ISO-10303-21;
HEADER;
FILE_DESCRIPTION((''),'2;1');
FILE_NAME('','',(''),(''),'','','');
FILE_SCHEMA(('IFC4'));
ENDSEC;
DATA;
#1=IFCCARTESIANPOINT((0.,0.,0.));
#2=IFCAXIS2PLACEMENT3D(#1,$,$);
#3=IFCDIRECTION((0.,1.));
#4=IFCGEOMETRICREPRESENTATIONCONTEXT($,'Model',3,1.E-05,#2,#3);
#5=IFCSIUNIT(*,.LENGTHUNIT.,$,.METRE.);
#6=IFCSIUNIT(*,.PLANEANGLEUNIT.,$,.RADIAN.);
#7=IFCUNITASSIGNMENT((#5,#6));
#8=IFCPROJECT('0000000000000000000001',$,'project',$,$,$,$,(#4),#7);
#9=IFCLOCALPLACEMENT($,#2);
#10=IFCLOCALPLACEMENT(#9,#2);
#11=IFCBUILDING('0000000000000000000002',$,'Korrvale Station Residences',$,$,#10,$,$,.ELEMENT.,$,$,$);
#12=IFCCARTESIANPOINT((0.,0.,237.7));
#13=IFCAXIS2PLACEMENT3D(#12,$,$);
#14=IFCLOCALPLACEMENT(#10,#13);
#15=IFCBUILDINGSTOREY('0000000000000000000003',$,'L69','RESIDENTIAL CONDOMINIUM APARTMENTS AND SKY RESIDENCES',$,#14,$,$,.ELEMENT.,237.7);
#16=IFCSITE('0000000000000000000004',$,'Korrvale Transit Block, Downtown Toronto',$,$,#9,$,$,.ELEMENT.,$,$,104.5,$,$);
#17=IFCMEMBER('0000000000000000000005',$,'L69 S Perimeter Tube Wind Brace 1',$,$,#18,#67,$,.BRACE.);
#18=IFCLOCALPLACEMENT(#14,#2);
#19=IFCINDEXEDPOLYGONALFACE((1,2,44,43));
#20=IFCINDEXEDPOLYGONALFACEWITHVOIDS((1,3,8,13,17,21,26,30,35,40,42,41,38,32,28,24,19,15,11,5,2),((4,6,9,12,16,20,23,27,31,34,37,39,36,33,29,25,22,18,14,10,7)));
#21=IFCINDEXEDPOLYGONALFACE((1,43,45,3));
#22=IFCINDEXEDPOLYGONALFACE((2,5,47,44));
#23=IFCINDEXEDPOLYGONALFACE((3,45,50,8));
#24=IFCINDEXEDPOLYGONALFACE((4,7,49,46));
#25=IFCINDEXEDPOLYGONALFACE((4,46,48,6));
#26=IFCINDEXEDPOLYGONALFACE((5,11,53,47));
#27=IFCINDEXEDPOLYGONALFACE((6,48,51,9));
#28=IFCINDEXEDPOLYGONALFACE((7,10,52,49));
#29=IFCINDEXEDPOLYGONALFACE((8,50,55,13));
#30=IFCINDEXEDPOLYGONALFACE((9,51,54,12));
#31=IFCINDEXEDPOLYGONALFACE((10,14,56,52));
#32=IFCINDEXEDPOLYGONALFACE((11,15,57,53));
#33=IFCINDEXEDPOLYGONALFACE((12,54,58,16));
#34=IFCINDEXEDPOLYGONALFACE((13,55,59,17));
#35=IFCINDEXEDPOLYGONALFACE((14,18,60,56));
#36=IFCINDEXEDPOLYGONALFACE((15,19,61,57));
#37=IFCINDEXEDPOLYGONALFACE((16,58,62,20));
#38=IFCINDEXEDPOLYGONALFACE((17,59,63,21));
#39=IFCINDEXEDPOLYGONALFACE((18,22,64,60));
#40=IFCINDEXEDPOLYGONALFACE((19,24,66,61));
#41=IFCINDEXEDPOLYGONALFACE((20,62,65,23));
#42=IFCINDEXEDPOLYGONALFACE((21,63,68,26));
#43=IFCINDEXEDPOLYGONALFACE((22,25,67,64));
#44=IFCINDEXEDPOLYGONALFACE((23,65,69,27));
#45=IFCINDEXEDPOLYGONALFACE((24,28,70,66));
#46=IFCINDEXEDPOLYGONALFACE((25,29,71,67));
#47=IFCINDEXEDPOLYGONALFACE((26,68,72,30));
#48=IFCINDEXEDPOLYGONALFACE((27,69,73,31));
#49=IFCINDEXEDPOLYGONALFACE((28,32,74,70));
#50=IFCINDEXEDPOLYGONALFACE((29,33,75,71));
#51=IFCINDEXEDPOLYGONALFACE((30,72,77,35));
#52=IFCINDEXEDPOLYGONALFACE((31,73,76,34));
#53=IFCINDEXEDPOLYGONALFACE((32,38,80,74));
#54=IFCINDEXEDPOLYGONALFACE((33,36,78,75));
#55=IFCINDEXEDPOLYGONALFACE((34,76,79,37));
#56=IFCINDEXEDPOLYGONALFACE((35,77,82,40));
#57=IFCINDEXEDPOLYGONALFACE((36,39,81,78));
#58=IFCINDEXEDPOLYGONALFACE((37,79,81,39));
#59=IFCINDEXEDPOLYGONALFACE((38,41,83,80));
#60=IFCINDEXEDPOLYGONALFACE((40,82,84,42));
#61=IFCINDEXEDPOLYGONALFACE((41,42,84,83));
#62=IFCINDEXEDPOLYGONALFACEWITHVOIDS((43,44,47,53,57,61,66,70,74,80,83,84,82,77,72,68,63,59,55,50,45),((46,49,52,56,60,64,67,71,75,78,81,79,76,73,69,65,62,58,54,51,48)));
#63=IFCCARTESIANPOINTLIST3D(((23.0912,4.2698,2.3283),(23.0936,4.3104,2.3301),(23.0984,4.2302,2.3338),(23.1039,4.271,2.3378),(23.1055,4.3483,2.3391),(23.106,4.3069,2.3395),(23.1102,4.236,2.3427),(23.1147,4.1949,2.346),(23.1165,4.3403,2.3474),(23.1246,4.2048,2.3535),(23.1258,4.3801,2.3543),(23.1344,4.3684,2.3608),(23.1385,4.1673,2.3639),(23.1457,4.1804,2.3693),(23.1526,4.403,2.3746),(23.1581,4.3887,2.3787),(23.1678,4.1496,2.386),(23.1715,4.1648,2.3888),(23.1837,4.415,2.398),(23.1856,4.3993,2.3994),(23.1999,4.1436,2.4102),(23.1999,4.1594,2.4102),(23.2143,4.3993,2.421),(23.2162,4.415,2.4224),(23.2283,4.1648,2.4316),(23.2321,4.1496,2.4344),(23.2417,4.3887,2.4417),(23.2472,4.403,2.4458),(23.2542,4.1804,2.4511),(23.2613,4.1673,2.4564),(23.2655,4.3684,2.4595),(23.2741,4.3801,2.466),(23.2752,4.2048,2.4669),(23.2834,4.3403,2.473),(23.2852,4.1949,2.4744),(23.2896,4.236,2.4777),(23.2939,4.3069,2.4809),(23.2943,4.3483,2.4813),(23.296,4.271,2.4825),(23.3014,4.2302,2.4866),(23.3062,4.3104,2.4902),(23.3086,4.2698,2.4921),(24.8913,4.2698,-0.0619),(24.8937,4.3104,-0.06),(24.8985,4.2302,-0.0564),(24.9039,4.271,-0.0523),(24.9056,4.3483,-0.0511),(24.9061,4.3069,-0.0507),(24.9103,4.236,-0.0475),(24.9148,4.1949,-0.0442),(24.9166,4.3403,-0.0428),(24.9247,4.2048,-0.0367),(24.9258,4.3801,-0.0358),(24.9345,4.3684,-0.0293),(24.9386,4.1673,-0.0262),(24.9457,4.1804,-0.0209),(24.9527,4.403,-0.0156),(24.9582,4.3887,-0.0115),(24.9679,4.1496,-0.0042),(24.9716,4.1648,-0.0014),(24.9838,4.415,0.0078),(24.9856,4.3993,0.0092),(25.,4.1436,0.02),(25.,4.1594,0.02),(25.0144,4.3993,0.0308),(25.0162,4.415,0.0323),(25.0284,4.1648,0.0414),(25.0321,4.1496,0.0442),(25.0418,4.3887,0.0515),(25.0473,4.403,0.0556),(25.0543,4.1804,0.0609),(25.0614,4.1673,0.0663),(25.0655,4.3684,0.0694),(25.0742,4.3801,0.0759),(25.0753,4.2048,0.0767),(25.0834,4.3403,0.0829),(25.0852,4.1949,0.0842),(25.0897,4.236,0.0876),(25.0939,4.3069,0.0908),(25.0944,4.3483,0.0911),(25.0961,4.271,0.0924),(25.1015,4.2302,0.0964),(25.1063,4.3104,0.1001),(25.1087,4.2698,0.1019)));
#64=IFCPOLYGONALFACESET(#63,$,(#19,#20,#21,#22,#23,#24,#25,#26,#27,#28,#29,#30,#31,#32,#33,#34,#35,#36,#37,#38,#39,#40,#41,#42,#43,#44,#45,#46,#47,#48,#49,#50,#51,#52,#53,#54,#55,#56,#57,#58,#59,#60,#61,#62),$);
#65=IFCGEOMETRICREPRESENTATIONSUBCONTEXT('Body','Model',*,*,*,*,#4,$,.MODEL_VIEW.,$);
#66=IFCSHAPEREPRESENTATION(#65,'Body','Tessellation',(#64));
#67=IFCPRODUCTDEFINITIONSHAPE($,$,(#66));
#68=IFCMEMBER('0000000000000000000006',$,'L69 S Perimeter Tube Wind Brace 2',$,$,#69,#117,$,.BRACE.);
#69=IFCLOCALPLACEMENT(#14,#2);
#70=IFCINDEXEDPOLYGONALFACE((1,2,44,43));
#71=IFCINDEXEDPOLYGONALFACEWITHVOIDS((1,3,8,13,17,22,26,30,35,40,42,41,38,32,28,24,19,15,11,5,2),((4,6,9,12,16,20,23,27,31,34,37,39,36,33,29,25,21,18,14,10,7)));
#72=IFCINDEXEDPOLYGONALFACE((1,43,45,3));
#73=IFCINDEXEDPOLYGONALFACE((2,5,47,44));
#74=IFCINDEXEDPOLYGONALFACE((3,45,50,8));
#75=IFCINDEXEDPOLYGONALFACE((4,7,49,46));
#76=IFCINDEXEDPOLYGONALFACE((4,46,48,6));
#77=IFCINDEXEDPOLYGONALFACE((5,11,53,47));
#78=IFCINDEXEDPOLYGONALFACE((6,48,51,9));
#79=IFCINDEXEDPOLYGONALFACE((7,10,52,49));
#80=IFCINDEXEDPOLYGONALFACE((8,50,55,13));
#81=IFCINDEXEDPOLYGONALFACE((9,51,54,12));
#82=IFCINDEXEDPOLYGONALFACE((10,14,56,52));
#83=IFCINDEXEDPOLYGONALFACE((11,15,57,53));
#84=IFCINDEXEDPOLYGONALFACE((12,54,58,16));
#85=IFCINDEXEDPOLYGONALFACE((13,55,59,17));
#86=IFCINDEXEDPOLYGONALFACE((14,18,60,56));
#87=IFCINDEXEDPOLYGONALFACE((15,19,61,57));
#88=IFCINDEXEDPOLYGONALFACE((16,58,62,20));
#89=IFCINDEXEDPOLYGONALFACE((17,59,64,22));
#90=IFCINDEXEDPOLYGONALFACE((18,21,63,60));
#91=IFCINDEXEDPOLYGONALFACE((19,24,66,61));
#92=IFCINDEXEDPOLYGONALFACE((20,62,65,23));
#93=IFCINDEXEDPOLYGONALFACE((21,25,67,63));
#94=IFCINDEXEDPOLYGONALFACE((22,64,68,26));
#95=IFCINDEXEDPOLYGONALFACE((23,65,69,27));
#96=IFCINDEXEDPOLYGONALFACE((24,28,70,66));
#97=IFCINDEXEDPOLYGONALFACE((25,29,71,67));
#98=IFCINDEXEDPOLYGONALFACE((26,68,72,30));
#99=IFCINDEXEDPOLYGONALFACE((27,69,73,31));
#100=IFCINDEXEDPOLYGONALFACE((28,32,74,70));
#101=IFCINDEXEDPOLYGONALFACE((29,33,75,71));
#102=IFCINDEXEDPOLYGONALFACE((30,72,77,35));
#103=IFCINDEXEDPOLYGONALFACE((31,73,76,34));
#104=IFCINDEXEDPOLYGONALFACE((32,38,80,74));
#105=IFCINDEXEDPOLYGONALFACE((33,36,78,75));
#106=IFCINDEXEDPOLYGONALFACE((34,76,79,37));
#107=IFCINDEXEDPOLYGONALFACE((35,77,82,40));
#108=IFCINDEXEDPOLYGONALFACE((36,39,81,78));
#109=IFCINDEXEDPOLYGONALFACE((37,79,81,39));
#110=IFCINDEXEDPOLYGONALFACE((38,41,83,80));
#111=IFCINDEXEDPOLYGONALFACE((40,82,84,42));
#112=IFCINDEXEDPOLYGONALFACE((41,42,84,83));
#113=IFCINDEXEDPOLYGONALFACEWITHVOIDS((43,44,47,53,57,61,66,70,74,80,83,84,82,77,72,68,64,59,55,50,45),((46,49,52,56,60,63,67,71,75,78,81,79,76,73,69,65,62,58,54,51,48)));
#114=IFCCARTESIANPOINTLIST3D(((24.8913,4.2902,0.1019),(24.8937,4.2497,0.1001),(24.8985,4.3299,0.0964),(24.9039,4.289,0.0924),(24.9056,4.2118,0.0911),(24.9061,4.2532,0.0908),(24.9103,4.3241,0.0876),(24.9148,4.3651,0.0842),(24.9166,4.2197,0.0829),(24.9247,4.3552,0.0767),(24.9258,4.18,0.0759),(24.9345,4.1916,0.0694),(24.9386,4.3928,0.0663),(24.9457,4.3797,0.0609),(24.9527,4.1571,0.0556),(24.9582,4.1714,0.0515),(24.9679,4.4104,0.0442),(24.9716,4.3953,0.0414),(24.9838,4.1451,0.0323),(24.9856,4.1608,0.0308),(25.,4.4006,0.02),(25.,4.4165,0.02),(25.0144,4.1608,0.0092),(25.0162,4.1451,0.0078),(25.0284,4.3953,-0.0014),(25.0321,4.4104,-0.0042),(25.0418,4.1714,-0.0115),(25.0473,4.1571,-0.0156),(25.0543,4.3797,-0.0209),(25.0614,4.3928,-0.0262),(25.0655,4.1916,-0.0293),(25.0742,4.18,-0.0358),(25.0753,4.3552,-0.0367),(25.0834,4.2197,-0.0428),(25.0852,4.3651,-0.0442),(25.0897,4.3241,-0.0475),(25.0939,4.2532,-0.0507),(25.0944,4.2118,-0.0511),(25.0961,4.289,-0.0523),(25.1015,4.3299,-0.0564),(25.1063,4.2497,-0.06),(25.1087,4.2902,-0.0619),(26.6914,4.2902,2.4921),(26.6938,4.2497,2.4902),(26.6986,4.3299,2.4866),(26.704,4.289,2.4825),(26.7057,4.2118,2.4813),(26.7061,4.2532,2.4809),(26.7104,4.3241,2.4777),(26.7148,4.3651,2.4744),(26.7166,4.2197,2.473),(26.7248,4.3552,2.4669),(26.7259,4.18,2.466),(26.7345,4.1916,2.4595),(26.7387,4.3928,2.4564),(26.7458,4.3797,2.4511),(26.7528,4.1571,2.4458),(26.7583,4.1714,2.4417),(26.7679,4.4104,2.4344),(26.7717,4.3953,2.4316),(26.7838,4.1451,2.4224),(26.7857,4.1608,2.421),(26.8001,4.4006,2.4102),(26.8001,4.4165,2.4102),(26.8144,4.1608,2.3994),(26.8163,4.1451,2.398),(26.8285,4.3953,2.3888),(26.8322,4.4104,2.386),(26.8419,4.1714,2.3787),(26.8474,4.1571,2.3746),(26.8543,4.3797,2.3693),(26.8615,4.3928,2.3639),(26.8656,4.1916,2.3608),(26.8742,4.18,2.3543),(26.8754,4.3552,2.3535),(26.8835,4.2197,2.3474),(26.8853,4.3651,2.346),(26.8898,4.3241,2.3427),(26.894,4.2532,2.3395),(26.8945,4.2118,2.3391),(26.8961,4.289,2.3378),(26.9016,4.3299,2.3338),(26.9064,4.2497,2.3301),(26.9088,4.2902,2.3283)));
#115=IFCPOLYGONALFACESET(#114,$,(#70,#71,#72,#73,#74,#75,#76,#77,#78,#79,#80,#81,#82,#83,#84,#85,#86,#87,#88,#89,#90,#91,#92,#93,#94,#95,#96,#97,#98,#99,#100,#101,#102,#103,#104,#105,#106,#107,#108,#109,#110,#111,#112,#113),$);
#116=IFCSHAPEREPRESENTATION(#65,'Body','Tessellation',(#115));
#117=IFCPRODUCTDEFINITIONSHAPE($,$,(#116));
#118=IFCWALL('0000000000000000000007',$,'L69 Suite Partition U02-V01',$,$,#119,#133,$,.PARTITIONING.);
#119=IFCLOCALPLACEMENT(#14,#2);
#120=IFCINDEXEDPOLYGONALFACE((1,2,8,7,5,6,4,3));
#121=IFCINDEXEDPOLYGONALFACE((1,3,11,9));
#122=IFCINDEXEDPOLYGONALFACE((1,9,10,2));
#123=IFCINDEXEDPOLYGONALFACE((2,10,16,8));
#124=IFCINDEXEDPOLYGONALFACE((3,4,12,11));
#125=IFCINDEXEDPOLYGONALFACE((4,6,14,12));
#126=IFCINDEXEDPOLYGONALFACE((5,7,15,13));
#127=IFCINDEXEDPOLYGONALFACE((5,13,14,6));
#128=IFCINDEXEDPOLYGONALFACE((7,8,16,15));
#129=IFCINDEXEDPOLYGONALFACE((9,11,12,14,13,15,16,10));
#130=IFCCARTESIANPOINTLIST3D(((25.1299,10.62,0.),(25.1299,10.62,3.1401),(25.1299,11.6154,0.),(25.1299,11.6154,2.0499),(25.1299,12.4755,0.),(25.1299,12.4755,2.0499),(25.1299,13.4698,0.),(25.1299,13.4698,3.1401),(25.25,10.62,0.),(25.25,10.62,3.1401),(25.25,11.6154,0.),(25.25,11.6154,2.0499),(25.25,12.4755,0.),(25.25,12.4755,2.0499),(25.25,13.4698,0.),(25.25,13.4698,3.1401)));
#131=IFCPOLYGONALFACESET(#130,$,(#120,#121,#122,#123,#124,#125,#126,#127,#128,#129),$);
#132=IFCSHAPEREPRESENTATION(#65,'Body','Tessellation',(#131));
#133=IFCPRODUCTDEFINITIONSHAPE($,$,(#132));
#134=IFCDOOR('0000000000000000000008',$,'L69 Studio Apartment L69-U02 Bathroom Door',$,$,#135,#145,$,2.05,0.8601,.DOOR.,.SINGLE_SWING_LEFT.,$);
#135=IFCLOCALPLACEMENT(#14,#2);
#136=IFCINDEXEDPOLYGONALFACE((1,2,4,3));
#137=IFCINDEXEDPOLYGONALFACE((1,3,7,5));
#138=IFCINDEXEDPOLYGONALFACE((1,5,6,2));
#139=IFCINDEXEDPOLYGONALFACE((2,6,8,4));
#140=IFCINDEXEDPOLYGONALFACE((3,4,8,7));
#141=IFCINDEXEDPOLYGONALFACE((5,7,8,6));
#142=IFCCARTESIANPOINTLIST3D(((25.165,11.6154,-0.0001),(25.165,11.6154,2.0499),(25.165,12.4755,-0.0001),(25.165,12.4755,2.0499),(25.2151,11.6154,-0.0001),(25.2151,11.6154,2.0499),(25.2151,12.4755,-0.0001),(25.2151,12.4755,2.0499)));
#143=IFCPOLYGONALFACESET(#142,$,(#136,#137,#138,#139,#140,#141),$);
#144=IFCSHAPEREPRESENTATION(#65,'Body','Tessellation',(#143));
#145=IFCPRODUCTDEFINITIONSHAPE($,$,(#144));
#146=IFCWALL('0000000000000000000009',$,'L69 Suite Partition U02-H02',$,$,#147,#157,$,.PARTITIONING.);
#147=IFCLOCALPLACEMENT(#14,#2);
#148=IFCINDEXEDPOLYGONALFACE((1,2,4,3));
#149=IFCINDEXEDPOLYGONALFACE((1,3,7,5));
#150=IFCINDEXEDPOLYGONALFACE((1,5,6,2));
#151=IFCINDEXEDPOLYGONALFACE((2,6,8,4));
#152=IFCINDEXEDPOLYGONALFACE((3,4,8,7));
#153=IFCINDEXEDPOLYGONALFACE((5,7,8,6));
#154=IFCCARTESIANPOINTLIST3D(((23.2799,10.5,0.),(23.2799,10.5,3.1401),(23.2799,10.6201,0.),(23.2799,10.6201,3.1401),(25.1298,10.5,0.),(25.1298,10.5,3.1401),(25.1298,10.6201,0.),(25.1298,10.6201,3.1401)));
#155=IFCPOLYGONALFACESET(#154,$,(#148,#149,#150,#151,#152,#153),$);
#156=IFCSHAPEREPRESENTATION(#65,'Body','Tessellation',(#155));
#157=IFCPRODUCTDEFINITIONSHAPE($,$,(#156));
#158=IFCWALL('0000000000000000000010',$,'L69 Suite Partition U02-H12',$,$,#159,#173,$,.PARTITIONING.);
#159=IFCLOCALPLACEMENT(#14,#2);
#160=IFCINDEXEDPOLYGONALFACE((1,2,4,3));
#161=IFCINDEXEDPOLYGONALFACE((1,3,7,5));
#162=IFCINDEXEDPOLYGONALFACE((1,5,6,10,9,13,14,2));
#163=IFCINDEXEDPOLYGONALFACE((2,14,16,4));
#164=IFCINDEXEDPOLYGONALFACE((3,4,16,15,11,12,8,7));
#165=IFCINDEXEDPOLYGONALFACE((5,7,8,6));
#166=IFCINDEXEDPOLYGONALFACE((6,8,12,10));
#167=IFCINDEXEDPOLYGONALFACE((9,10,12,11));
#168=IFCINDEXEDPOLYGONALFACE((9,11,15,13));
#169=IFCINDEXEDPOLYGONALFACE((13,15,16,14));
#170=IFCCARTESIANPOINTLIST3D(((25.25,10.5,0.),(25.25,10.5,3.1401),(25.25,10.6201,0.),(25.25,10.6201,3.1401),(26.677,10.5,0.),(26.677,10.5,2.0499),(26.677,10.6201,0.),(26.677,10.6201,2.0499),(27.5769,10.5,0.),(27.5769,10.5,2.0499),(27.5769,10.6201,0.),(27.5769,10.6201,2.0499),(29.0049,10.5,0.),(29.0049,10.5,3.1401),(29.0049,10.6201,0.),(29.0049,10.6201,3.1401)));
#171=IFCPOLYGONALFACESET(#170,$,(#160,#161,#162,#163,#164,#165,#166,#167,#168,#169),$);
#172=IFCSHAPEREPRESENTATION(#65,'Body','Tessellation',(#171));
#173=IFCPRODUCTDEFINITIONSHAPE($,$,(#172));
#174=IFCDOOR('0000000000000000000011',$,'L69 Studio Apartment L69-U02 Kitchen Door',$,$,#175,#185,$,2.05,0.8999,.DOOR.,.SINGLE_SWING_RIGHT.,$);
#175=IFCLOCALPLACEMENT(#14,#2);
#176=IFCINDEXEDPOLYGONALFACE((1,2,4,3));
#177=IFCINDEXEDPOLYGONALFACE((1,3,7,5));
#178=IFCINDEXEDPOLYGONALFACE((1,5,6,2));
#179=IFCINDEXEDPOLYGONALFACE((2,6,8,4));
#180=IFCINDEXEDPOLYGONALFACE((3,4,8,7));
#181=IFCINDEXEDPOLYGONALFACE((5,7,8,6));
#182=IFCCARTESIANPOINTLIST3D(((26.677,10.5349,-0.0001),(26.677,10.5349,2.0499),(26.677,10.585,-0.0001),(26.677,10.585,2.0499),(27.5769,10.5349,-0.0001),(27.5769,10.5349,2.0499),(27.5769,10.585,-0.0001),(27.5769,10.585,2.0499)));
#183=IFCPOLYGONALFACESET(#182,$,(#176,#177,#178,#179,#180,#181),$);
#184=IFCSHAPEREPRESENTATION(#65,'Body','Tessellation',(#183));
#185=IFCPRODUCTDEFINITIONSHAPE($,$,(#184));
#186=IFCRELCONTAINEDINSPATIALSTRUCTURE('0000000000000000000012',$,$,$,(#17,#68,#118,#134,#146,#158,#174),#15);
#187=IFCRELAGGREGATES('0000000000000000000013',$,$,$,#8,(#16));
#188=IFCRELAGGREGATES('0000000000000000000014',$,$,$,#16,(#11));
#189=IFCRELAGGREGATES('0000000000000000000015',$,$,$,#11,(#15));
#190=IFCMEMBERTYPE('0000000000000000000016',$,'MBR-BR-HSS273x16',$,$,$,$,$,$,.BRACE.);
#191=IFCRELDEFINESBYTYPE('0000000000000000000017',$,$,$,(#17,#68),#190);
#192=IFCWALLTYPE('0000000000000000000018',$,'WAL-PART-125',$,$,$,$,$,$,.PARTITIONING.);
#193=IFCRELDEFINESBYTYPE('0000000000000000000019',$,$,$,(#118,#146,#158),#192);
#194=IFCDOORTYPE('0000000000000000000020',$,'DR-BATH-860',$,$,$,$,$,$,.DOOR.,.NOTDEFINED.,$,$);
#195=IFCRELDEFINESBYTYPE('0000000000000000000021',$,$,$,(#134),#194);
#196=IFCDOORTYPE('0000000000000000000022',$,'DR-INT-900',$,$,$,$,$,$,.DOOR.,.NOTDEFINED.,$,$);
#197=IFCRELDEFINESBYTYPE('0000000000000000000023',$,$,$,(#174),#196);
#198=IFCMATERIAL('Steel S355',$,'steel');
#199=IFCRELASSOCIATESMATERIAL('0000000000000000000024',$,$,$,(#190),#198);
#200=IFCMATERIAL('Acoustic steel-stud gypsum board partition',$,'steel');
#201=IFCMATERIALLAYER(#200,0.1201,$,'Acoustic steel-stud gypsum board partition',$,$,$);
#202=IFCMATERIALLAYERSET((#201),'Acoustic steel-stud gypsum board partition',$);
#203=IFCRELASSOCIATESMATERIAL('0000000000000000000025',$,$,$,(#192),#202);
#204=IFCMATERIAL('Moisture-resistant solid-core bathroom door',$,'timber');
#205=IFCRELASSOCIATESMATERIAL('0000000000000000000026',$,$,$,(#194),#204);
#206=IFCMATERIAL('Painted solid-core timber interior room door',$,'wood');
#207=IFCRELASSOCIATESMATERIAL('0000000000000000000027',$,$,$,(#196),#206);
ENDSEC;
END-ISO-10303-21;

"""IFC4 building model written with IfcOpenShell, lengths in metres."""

from ifc_helpers import new_model, si_unit, direction, frame, frame_2d, origin, origin_2d, place, context, subcontext, project, spatial, rectangle, hollow_circle, extrude, material, layer, layer_set, material_profile, profile_set, type_object, element, fill, save


model = new_model("IFC4")

# Units and contexts
model_context = context("Model", 3, precision=1e-05, world=origin(), true_north=direction((0.0, 1.0)))
body_context = subcontext(model_context, "Body", "Model", "MODEL_VIEW")
ifc_project = project(units=[si_unit("LENGTHUNIT", "METRE"), si_unit("PLANEANGLEUNIT", "RADIAN")], contexts=[model_context])

# Site, building, storey
site_placement = place(None, origin())
site = spatial("IfcSite", under=ifc_project, at=site_placement, Name="Korrvale Transit Block, Downtown Toronto", CompositionType="ELEMENT", RefElevation=104.5)
building_placement = place(site_placement, origin())
building = spatial("IfcBuilding", under=site, at=building_placement, Name="Korrvale Station Residences", CompositionType="ELEMENT")
storey_placement = place(building_placement, frame((0.0, 0.0, 237.7)))
storey = spatial("IfcBuildingStorey", under=building, at=storey_placement, Name="L69", Description="RESIDENTIAL CONDOMINIUM APARTMENTS AND SKY RESIDENCES", CompositionType="ELEMENT", Elevation=237.7)

# Shared definitions
ifc_material_1 = material(Name="Steel S355", Category="steel")

# Members
ifc_material_profile_1 = material_profile(ifc_material_1, hollow_circle(Radius=0.1365, WallThickness=0.0159, at=origin_2d()), Name="HSS273x16")
ifc_profile_set_1 = profile_set([ifc_material_profile_1], Name="Steel S355")
member_type = type_object("IfcMemberType", Name="MBR-BR-HSS273x16", PredefinedType="BRACE", material=ifc_profile_set_1)
for number, where, z_axis, x_axis, name in (
    (1, (25.0, 4.28, 0.02), (-0.601592, 0.0, 0.798804), (0.0, -1.0, 0.0), "L69 S Perimeter Tube Wind Brace 1"),
    (2, (25.0, 4.28, 0.02), (0.601592, 0.0, 0.798804), (0.0, 1.0, 0.0), "L69 S Perimeter Tube Wind Brace 2"),
):
    element("IfcMember", number, at=place(storey_placement, frame(where, z_axis=z_axis, x_axis=x_axis)), inside=storey, type_object=member_type, Name=name, PredefinedType="BRACE", context=body_context, shape_type="SweptSolid", body=[
        extrude(hollow_circle(Radius=0.1365, WallThickness=0.0159, at=origin_2d()), origin(), (0.0, 0.0, 1.0), 2.9922),
    ])

# Wall, opening, door
ifc_material_2 = material(Name="Acoustic steel-stud gypsum board partition", Category="steel")
ifc_layer_1 = layer(ifc_material_2, 0.1201, Name="Acoustic steel-stud gypsum board partition")
ifc_layer_set_1 = layer_set([ifc_layer_1], Name="Acoustic steel-stud gypsum board partition")
wall_type_1 = type_object("IfcWallType", Name="WAL-PART-125", PredefinedType="PARTITIONING", material=ifc_layer_set_1)
wall_1_placement = place(storey_placement, frame((25.1899, 10.6201, 0.0), z_axis=(0.0, 0.0, 1.0), x_axis=(0.0, 1.0, 0.0)))
wall_1 = element("IfcWall", 3, at=wall_1_placement, inside=storey, type_object=wall_type_1, Name="L69 Suite Partition U02-V01", PredefinedType="PARTITIONING", context=body_context, shape_type="SweptSolid", body=[
    extrude(rectangle(XDim=2.8499, YDim=0.1201, at=frame_2d((1.4248, 0.0))), origin(), (0.0, 0.0, 1.0), 3.1401),
])
opening_1_placement = place(wall_1_placement, frame((0.9951, 0.0, 0.0)))
opening_1 = element("IfcOpeningElement", 4, at=opening_1_placement, cuts=wall_1, PredefinedType="OPENING", context=body_context, shape_type="SweptSolid", body=[
    extrude(rectangle(XDim=0.8601, YDim=2.05, at=frame_2d((0.4302, 1.0249))), frame((0.0, 0.0701, 0.0), z_axis=(0.0, -1.0, 0.0), x_axis=(1.0, 0.0, 0.0)), (0.0, 0.0, 1.0), 0.1401),
])
ifc_material_3 = material(Name="Moisture-resistant solid-core bathroom door", Category="timber")
door_type_1 = type_object("IfcDoorType", Name="DR-BATH-860", OperationType="NOTDEFINED", PredefinedType="DOOR", material=ifc_material_3)
door_1_placement = place(opening_1_placement, origin())
door_1 = element("IfcDoor", 5, at=door_1_placement, inside=storey, type_object=door_type_1, Name="L69 Studio Apartment L69-U02 Bathroom Door", OperationType="SINGLE_SWING_LEFT", OverallHeight=2.05, OverallWidth=0.8601, PredefinedType="DOOR", context=body_context, shape_type="SweptSolid", body=[
    extrude(rectangle(XDim=0.8601, YDim=2.05, at=frame_2d((0.4302, 1.0249))), frame((0.0, 0.0249, 0.0), z_axis=(0.0, -1.0, 0.0), x_axis=(1.0, 0.0, 0.0)), (0.0, 0.0, 1.0), 0.05),
])
fill(opening_1, door_1)

# Wall
wall_2_placement = place(storey_placement, frame((23.28, 10.5601, 0.0), z_axis=(0.0, 0.0, 1.0), x_axis=(1.0, 0.0, 0.0)))
element("IfcWall", 6, at=wall_2_placement, inside=storey, type_object=wall_type_1, Name="L69 Suite Partition U02-H02", PredefinedType="PARTITIONING", context=body_context, shape_type="SweptSolid", body=[
    extrude(rectangle(XDim=1.8499, YDim=0.1201, at=frame_2d((0.9248, 0.0))), origin(), (0.0, 0.0, 1.0), 3.1401),
])

# Wall, opening, door
wall_3_placement = place(storey_placement, frame((25.25, 10.5601, 0.0), z_axis=(0.0, 0.0, 1.0), x_axis=(1.0, 0.0, 0.0)))
wall_3 = element("IfcWall", 7, at=wall_3_placement, inside=storey, type_object=wall_type_1, Name="L69 Suite Partition U02-H12", PredefinedType="PARTITIONING", context=body_context, shape_type="SweptSolid", body=[
    extrude(rectangle(XDim=3.7549, YDim=0.1201, at=frame_2d((1.8774, 0.0))), origin(), (0.0, 0.0, 1.0), 3.1401),
])
opening_2_placement = place(wall_3_placement, frame((1.427, 0.0, 0.0)))
opening_2 = element("IfcOpeningElement", 8, at=opening_2_placement, cuts=wall_3, PredefinedType="OPENING", context=body_context, shape_type="SweptSolid", body=[
    extrude(rectangle(XDim=0.8999, YDim=2.05, at=frame_2d((0.45, 1.0249))), frame((0.0, 0.0701, 0.0), z_axis=(0.0, -1.0, 0.0), x_axis=(1.0, 0.0, 0.0)), (0.0, 0.0, 1.0), 0.1401),
])
ifc_material_4 = material(Name="Painted solid-core timber interior room door", Category="wood")
door_type_2 = type_object("IfcDoorType", Name="DR-INT-900", OperationType="NOTDEFINED", PredefinedType="DOOR", material=ifc_material_4)
door_2_placement = place(opening_2_placement, origin())
door_2 = element("IfcDoor", 9, at=door_2_placement, inside=storey, type_object=door_type_2, Name="L69 Studio Apartment L69-U02 Kitchen Door", OperationType="SINGLE_SWING_RIGHT", OverallHeight=2.05, OverallWidth=0.8999, PredefinedType="DOOR", context=body_context, shape_type="SweptSolid", body=[
    extrude(rectangle(XDim=0.8999, YDim=2.05, at=frame_2d((0.45, 1.0249))), frame((0.0, 0.0249, 0.0), z_axis=(0.0, -1.0, 0.0), x_axis=(1.0, 0.0, 0.0)), (0.0, 0.0, 1.0), 0.05),
])
fill(opening_2, door_2)

save(model, "model.ifc")
